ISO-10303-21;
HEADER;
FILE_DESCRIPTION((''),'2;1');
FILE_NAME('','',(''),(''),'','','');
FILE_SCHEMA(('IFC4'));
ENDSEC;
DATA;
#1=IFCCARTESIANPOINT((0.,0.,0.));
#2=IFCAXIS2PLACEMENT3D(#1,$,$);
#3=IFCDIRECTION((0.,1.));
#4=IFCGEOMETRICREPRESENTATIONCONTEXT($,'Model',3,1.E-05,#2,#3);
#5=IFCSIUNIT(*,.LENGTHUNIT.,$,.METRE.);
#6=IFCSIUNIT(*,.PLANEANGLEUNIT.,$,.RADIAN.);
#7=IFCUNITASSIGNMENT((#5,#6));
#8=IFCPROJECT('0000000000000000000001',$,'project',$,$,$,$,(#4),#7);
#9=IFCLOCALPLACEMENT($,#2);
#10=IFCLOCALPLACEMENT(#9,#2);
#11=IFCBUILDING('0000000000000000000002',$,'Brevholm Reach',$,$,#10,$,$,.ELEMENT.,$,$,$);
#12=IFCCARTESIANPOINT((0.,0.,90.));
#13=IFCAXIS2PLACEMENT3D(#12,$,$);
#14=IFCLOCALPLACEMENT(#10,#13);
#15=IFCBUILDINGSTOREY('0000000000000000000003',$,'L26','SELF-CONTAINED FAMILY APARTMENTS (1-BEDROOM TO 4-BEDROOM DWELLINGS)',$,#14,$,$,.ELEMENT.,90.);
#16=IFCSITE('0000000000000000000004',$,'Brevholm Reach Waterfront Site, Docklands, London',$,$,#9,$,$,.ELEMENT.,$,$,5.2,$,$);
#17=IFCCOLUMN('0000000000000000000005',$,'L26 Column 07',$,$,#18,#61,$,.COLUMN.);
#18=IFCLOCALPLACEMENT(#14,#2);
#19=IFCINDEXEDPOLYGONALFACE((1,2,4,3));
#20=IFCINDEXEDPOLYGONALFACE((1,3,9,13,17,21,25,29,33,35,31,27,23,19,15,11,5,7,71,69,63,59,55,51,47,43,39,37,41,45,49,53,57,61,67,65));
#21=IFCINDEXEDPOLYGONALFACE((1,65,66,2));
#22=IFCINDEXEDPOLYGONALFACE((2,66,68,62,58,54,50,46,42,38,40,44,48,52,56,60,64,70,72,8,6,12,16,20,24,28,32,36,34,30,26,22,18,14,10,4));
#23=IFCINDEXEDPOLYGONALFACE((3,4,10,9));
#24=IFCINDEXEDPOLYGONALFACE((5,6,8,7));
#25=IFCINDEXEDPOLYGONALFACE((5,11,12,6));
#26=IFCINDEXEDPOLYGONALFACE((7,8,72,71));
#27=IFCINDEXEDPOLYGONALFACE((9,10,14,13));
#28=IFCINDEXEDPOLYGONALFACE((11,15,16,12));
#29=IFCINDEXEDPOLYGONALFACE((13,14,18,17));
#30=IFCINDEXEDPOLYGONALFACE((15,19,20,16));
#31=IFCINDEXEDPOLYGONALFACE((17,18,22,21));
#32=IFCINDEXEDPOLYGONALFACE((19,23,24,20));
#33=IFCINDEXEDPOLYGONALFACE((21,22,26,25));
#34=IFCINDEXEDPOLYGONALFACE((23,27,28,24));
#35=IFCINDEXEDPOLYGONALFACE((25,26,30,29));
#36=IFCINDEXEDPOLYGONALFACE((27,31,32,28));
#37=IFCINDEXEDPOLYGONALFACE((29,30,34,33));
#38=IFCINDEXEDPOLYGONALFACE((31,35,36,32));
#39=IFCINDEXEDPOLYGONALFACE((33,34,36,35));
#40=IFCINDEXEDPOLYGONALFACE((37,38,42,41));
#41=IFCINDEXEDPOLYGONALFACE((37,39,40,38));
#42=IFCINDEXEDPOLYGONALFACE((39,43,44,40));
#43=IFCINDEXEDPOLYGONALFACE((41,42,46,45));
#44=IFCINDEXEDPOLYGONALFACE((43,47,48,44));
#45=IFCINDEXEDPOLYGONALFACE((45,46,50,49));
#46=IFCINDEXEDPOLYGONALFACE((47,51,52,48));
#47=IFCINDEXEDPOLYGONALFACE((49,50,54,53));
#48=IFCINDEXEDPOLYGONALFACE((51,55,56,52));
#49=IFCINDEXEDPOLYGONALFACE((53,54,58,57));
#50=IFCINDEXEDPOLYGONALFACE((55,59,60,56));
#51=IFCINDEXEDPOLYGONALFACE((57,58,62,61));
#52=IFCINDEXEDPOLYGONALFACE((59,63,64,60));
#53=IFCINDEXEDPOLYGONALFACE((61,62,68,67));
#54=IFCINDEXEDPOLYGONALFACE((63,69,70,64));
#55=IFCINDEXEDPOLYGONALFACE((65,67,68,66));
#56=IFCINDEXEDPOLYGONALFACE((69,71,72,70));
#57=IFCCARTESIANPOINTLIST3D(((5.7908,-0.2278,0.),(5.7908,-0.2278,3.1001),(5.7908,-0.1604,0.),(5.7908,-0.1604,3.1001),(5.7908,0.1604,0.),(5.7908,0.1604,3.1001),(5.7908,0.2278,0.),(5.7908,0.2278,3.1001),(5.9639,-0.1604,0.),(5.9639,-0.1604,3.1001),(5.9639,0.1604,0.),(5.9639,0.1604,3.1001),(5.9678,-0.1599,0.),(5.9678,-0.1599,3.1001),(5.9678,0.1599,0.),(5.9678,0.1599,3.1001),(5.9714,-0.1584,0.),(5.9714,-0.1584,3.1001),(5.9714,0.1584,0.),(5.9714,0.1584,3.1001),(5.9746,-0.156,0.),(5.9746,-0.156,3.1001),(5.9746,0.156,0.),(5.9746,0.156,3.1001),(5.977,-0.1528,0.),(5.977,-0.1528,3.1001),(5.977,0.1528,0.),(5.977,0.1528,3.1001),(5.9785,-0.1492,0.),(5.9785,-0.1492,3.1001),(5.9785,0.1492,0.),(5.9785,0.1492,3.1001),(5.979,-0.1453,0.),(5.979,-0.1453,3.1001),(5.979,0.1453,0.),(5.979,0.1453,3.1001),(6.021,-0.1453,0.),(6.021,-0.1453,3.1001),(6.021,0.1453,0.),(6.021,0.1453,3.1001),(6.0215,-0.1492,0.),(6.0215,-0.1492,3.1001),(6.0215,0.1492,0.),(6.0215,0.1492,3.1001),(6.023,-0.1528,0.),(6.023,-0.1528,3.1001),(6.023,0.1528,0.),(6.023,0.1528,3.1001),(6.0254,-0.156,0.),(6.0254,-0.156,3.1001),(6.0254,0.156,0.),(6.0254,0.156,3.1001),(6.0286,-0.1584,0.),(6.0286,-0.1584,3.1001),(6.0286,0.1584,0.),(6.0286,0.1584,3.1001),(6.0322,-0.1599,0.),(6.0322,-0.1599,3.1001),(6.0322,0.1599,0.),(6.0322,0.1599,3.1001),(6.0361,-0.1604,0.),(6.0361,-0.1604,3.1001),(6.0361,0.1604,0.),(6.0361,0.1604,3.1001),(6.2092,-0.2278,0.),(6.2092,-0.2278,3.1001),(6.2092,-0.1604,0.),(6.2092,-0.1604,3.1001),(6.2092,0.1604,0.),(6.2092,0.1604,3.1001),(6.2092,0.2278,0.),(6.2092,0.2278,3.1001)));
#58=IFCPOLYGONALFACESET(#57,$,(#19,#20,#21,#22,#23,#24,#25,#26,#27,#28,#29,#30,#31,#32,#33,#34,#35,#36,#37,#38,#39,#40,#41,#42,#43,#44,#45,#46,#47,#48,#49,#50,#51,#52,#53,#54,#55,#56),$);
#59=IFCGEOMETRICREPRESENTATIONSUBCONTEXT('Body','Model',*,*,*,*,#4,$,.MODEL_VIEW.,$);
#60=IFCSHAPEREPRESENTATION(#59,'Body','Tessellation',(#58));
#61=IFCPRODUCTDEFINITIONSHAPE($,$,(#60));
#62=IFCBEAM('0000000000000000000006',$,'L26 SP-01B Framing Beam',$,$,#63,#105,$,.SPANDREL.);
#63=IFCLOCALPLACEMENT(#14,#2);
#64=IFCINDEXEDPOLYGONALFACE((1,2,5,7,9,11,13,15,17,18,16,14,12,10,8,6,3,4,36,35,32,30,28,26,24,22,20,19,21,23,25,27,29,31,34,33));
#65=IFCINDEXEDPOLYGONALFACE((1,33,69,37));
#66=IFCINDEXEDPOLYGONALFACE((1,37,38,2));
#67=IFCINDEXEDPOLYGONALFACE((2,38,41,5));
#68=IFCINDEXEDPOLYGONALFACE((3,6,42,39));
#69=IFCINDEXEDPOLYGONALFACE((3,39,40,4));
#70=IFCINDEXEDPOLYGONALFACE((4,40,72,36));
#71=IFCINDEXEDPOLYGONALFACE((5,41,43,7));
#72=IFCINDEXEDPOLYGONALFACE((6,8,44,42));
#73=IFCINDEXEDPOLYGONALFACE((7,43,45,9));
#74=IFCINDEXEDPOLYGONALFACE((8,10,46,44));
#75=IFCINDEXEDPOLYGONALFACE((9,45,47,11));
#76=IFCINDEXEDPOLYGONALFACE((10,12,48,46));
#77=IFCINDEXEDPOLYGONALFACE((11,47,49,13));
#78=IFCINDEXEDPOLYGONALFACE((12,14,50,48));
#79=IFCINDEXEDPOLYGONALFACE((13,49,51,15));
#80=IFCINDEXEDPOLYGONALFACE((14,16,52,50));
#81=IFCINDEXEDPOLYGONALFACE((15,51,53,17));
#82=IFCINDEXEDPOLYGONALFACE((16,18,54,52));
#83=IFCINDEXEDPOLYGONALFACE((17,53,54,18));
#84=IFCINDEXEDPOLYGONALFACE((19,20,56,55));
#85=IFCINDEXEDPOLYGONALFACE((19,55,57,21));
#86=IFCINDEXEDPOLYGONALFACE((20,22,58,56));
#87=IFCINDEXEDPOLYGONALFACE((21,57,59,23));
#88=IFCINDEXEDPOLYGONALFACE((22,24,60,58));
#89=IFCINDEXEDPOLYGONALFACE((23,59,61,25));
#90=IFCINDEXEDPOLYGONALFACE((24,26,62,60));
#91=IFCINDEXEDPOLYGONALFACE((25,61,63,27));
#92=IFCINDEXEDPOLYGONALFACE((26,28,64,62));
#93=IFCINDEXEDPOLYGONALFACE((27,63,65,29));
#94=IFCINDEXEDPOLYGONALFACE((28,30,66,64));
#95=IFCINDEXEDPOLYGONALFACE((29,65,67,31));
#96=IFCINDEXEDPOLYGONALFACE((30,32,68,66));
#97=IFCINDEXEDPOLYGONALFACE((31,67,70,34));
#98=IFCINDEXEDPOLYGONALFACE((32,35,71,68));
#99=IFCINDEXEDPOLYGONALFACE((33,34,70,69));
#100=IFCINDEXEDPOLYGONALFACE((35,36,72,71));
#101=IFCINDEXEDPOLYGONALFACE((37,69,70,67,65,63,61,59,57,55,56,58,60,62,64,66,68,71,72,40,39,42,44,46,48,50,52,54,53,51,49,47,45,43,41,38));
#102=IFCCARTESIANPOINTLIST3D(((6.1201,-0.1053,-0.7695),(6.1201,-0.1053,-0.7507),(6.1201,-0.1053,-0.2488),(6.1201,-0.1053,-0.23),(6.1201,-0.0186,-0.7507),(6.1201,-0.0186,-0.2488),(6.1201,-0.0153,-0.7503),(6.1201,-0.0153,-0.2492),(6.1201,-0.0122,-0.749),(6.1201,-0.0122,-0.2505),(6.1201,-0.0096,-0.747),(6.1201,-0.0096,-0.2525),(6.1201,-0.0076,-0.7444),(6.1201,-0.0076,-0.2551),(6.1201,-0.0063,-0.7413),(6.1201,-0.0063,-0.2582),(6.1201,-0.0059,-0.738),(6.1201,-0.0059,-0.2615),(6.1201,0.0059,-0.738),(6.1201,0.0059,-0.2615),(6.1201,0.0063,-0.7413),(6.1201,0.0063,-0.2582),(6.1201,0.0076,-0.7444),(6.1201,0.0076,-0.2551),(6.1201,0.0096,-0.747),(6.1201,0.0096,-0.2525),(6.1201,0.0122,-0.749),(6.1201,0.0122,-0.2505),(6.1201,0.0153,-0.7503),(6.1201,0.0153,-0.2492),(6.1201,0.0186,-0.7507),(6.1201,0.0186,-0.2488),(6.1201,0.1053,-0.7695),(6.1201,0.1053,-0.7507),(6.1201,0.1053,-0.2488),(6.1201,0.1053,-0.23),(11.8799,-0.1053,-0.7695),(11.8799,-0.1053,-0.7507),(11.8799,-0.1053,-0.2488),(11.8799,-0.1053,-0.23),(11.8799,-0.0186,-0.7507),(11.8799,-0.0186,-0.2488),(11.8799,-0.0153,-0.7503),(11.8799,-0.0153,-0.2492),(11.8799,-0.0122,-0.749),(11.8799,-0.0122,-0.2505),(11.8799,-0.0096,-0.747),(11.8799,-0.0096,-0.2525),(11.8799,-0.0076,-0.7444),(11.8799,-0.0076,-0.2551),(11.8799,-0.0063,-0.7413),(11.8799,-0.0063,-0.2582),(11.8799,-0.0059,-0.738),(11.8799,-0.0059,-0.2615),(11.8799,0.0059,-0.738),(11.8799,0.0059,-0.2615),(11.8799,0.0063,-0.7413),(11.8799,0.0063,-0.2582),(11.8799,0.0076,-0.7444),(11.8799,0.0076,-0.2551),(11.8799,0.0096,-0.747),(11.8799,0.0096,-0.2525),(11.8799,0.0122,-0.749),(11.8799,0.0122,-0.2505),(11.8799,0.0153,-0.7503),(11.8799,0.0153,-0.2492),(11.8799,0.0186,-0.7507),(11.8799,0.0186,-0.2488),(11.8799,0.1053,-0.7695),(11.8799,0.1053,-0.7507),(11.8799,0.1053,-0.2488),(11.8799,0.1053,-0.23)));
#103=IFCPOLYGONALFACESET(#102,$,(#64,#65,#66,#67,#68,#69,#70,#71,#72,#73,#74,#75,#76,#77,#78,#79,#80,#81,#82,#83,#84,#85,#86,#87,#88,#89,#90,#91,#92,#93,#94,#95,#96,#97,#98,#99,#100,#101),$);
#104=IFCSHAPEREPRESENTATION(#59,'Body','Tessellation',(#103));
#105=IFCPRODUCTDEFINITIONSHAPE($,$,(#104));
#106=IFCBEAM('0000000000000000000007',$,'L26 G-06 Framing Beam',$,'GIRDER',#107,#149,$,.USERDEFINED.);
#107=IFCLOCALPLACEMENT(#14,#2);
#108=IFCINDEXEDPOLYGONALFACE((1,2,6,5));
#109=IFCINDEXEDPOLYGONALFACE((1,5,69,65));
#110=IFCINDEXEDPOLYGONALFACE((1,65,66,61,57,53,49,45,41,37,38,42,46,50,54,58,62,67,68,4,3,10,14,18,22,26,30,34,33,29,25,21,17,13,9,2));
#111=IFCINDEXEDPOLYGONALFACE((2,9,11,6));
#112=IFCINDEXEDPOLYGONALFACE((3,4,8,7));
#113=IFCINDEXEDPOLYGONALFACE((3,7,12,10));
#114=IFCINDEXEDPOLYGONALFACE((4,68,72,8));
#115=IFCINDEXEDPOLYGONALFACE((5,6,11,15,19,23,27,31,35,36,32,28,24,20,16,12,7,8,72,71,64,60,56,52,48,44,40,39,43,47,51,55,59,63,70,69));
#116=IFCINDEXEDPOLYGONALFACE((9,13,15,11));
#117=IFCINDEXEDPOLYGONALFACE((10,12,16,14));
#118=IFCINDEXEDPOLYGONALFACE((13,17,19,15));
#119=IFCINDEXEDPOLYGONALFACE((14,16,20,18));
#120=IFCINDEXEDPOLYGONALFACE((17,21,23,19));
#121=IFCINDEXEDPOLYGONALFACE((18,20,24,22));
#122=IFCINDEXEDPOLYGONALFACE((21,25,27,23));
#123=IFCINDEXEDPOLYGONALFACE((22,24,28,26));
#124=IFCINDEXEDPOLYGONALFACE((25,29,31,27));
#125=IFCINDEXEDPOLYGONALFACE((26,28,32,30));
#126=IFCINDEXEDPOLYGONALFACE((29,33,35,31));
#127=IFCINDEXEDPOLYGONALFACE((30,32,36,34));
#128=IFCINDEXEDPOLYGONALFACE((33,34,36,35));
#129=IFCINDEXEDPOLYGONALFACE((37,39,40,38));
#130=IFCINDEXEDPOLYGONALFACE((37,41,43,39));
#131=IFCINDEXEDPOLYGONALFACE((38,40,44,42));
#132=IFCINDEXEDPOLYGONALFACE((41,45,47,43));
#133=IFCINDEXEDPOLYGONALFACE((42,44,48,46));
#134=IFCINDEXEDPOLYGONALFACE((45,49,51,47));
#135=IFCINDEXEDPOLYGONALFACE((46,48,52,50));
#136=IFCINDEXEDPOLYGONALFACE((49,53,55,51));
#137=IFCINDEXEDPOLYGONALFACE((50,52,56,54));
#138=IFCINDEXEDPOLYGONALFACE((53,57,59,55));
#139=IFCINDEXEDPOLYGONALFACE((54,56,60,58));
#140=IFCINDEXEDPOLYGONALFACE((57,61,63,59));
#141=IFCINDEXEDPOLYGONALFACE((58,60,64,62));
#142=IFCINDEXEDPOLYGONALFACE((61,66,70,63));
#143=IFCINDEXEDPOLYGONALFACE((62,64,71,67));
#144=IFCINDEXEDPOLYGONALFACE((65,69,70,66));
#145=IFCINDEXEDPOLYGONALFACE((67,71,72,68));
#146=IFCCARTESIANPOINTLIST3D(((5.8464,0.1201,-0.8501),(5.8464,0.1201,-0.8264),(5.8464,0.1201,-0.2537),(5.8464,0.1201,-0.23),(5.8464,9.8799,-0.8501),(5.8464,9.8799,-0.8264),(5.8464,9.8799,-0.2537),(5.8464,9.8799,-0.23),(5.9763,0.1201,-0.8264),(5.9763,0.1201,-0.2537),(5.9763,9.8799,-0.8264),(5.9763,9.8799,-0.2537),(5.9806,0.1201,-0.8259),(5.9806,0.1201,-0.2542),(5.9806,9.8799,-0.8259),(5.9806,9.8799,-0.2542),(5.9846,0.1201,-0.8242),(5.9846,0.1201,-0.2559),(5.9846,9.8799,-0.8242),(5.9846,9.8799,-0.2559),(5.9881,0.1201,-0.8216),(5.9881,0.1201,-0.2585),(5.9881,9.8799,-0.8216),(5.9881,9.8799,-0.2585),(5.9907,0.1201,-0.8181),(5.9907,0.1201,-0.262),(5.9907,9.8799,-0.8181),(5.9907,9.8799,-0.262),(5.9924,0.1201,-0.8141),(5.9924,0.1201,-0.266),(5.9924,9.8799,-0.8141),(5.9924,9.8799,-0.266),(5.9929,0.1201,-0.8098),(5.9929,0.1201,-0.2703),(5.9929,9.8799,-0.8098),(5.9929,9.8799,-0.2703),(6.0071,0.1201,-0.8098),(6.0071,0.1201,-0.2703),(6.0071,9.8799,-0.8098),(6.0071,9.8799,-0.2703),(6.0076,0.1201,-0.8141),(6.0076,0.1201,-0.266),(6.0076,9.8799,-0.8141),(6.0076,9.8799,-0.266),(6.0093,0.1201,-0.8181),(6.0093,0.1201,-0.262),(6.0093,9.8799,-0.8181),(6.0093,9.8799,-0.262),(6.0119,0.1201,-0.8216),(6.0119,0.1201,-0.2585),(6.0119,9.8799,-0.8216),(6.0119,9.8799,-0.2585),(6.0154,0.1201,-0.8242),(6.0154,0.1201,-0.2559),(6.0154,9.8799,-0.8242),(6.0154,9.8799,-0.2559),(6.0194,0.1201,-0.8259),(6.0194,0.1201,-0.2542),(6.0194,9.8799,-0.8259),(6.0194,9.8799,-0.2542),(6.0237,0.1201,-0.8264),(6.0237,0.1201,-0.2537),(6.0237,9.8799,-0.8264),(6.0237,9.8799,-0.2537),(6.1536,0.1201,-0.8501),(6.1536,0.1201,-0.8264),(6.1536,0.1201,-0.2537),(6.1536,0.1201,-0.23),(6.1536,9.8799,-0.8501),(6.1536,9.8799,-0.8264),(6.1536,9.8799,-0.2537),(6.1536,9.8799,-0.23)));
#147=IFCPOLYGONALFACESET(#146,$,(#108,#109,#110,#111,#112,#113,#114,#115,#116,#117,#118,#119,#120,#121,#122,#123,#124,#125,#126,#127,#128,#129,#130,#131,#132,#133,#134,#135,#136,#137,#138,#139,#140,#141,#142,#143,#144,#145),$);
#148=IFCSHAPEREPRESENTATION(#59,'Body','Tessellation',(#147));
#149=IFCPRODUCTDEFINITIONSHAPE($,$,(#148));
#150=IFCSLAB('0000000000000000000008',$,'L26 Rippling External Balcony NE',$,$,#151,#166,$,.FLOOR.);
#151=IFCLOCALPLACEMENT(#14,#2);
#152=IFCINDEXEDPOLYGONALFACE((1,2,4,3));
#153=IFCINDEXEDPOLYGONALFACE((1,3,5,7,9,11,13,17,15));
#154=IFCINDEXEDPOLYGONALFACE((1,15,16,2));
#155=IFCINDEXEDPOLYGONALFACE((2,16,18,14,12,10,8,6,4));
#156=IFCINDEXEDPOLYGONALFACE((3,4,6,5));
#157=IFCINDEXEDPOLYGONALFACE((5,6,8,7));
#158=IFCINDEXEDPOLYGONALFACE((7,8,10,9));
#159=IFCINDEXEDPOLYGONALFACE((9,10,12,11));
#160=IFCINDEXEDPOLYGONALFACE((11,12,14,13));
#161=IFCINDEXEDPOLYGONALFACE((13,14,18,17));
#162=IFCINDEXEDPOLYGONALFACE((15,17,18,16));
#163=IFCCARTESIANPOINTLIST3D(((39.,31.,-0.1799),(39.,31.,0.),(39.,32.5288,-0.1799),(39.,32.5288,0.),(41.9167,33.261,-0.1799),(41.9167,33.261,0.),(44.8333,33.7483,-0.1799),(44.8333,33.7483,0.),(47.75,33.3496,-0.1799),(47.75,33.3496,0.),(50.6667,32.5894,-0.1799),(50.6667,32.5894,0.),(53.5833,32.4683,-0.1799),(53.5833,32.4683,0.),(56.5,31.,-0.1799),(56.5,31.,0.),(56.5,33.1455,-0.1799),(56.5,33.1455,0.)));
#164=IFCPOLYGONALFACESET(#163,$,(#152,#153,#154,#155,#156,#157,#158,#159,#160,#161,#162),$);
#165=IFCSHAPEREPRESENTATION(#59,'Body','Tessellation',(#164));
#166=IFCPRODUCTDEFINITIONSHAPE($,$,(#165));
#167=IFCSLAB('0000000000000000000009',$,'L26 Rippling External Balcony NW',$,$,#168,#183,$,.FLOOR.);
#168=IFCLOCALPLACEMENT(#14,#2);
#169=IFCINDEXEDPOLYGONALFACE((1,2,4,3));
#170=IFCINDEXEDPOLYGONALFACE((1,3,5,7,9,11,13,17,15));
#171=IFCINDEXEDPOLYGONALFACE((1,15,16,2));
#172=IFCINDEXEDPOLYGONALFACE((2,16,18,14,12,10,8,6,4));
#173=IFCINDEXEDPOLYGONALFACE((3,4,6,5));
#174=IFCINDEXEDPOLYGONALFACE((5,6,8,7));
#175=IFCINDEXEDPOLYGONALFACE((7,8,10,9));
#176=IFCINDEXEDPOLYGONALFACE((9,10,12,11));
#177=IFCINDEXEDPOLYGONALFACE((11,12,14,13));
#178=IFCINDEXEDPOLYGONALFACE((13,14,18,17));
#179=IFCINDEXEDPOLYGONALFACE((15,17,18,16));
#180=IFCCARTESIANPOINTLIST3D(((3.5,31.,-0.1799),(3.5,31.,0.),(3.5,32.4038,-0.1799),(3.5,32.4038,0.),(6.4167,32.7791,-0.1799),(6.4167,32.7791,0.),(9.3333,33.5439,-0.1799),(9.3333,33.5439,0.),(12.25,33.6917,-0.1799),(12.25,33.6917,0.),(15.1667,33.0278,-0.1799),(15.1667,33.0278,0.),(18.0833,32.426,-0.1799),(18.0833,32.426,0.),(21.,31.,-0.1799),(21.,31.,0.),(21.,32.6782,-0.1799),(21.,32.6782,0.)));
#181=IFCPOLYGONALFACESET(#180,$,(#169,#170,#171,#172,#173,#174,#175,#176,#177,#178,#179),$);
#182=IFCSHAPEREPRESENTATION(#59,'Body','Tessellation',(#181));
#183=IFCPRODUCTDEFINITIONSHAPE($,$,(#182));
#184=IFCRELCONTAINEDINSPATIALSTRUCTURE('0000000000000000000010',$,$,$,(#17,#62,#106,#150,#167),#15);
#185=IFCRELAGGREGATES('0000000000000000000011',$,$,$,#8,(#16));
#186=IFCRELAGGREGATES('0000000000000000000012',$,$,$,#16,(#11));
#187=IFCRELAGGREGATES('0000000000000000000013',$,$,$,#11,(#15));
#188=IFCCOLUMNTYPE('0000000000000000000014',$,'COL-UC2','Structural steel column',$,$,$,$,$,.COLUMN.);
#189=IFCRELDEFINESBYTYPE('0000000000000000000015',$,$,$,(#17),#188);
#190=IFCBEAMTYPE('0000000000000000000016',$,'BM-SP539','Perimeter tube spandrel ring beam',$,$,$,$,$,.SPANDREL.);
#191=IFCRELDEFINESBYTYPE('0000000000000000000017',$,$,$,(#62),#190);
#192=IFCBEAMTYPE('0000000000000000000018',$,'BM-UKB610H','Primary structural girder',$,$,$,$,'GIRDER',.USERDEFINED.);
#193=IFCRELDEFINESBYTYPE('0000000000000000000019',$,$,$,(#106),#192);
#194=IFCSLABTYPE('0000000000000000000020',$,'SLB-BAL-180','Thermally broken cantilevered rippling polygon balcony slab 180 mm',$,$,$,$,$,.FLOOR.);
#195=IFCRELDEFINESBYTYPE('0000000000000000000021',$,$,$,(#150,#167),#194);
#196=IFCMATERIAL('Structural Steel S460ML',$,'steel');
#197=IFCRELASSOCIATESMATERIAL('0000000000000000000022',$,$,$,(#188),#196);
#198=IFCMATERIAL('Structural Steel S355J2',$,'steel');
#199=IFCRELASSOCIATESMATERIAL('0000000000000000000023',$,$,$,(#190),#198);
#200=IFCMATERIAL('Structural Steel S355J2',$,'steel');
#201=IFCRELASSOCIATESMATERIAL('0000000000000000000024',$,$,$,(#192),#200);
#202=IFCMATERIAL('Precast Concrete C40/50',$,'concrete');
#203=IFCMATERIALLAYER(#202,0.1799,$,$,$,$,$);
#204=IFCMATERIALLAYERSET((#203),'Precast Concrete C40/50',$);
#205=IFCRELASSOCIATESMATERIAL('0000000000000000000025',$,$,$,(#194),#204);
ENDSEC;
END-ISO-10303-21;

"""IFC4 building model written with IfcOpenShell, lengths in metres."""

from ifc_helpers import new_model, si_unit, direction, frame, origin, origin_2d, place, context, subcontext, project, spatial, polyline, i_section, outline, extrude, material, layer, layer_set, material_profile, profile_set, type_object, element, save


model = new_model("IFC4")

# Units and contexts
model_context = context("Model", 3, precision=1e-05, world=origin(), true_north=direction((0.0, 1.0)))
body_context = subcontext(model_context, "Body", "Model", "MODEL_VIEW")
ifc_project = project(units=[si_unit("LENGTHUNIT", "METRE"), si_unit("PLANEANGLEUNIT", "RADIAN")], contexts=[model_context])

# Site, building, storey
site_placement = place(None, origin())
site = spatial("IfcSite", under=ifc_project, at=site_placement, Name="Brevholm Reach Waterfront Site, Docklands, London", CompositionType="ELEMENT", RefElevation=5.2)
building_placement = place(site_placement, origin())
building = spatial("IfcBuilding", under=site, at=building_placement, Name="Brevholm Reach", CompositionType="ELEMENT")
storey_placement = place(building_placement, frame((0.0, 0.0, 90.0)))
storey = spatial("IfcBuildingStorey", under=building, at=storey_placement, Name="L26", Description="SELF-CONTAINED FAMILY APARTMENTS (1-BEDROOM TO 4-BEDROOM DWELLINGS)", CompositionType="ELEMENT", Elevation=90.0)

# Column
ifc_material_1 = material(Name="Structural Steel S460ML", Category="steel")
ifc_material_profile_1 = material_profile(ifc_material_1, i_section(OverallWidth=0.4185, OverallDepth=0.4556, WebThickness=0.042, FlangeThickness=0.0674, FilletRadius=0.0151, at=origin_2d()), Name="UKC 356x406x551")
ifc_profile_set_1 = profile_set([ifc_material_profile_1], Name="Structural Steel S460ML")
column_type = type_object("IfcColumnType", Name="COL-UC2", Description="Structural steel column", PredefinedType="COLUMN", material=ifc_profile_set_1)
column_placement = place(storey_placement, frame((6.0, 0.0, 0.0), z_axis=(0.0, 0.0, 1.0), x_axis=(1.0, 0.0, 0.0)))
element("IfcColumn", 1, at=column_placement, inside=storey, type_object=column_type, Name="L26 Column 07", PredefinedType="COLUMN", context=body_context, shape_type="SweptSolid", body=[
    extrude(i_section(OverallWidth=0.4185, OverallDepth=0.4556, WebThickness=0.042, FlangeThickness=0.0674, FilletRadius=0.0151, at=origin_2d()), origin(), (0.0, 0.0, 1.0), 3.1001),
])

# Beams
ifc_material_2 = material(Name="Structural Steel S355J2", Category="steel")
ifc_material_profile_2 = material_profile(ifc_material_2, i_section(OverallWidth=0.2107, OverallDepth=0.5396, WebThickness=0.0117, FlangeThickness=0.0188, FilletRadius=0.0127, at=origin_2d()), Name="UKB 533x210x109")
ifc_profile_set_2 = profile_set([ifc_material_profile_2], Name="Structural Steel S355J2")
beam_type_1 = type_object("IfcBeamType", Name="BM-SP539", Description="Perimeter tube spandrel ring beam", PredefinedType="SPANDREL", material=ifc_profile_set_2)
beam_1_placement = place(storey_placement, frame((6.1201, 0.0, -0.4998), z_axis=(1.0, 0.0, 0.0), x_axis=(0.0, 1.0, 0.0)))
element("IfcBeam", 2, at=beam_1_placement, inside=storey, type_object=beam_type_1, Name="L26 SP-01B Framing Beam", PredefinedType="SPANDREL", context=body_context, shape_type="SweptSolid", body=[
    extrude(i_section(OverallWidth=0.2107, OverallDepth=0.5396, WebThickness=0.0117, FlangeThickness=0.0188, FilletRadius=0.0127, at=origin_2d()), origin(), (0.0, 0.0, 1.0), 5.7598),
])
ifc_material_3 = material(Name="Structural Steel S355J2", Category="steel")
ifc_material_profile_3 = material_profile(ifc_material_3, i_section(OverallWidth=0.3071, OverallDepth=0.6201, WebThickness=0.0142, FlangeThickness=0.0237, FilletRadius=0.0166, at=origin_2d()), Name="UKB 610x305x179")
ifc_profile_set_3 = profile_set([ifc_material_profile_3], Name="Structural Steel S355J2")
beam_type_2 = type_object("IfcBeamType", Name="BM-UKB610H", Description="Primary structural girder", ElementType="GIRDER", PredefinedType="USERDEFINED", material=ifc_profile_set_3)
beam_2_placement = place(storey_placement, frame((6.0, 0.1201, -0.54), z_axis=(0.0, 1.0, 0.0), x_axis=(-1.0, 0.0, 0.0)))
element("IfcBeam", 3, at=beam_2_placement, inside=storey, type_object=beam_type_2, Name="L26 G-06 Framing Beam", ObjectType="GIRDER", PredefinedType="USERDEFINED", context=body_context, shape_type="SweptSolid", body=[
    extrude(i_section(OverallWidth=0.3071, OverallDepth=0.6201, WebThickness=0.0142, FlangeThickness=0.0237, FilletRadius=0.0166, at=origin_2d()), origin(), (0.0, 0.0, 1.0), 9.7598),
])

# Slabs
ifc_material_4 = material(Name="Precast Concrete C40/50", Category="concrete")
ifc_layer_1 = layer(ifc_material_4, 0.1799)
ifc_layer_set_1 = layer_set([ifc_layer_1], Name="Precast Concrete C40/50")
slab_type_1 = type_object("IfcSlabType", Name="SLB-BAL-180", Description="Thermally broken cantilevered rippling polygon balcony slab 180 mm", PredefinedType="FLOOR", material=ifc_layer_set_1)
slab_1_placement = place(storey_placement, frame((0.0, 0.0, -0.1799)))
element("IfcSlab", 4, at=slab_1_placement, inside=storey, type_object=slab_type_1, Name="L26 Rippling External Balcony NE", PredefinedType="FLOOR", context=body_context, shape_type="SweptSolid", body=[
    extrude(outline(polyline([(39.0, 31.0), (56.5, 31.0), (56.5, 33.1455), (53.5833, 32.4683), (50.6667, 32.5894), (47.75, 33.3496), (44.8333, 33.7483), (41.9167, 33.261), (39.0, 32.5288), (39.0, 31.0)])), origin(), (0.0, 0.0, 1.0), 0.1799),
])
slab_2_placement = place(storey_placement, frame((0.0, 0.0, -0.1799)))
element("IfcSlab", 5, at=slab_2_placement, inside=storey, type_object=slab_type_1, Name="L26 Rippling External Balcony NW", PredefinedType="FLOOR", context=body_context, shape_type="SweptSolid", body=[
    extrude(outline(polyline([(3.5, 31.0), (21.0, 31.0), (21.0, 32.6782), (18.0833, 32.426), (15.1667, 33.0278), (12.25, 33.6917), (9.3333, 33.5439), (6.4167, 32.7791), (3.5, 32.4038), (3.5, 31.0)])), origin(), (0.0, 0.0, 1.0), 0.1799),
])

save(model, "model.ifc")
